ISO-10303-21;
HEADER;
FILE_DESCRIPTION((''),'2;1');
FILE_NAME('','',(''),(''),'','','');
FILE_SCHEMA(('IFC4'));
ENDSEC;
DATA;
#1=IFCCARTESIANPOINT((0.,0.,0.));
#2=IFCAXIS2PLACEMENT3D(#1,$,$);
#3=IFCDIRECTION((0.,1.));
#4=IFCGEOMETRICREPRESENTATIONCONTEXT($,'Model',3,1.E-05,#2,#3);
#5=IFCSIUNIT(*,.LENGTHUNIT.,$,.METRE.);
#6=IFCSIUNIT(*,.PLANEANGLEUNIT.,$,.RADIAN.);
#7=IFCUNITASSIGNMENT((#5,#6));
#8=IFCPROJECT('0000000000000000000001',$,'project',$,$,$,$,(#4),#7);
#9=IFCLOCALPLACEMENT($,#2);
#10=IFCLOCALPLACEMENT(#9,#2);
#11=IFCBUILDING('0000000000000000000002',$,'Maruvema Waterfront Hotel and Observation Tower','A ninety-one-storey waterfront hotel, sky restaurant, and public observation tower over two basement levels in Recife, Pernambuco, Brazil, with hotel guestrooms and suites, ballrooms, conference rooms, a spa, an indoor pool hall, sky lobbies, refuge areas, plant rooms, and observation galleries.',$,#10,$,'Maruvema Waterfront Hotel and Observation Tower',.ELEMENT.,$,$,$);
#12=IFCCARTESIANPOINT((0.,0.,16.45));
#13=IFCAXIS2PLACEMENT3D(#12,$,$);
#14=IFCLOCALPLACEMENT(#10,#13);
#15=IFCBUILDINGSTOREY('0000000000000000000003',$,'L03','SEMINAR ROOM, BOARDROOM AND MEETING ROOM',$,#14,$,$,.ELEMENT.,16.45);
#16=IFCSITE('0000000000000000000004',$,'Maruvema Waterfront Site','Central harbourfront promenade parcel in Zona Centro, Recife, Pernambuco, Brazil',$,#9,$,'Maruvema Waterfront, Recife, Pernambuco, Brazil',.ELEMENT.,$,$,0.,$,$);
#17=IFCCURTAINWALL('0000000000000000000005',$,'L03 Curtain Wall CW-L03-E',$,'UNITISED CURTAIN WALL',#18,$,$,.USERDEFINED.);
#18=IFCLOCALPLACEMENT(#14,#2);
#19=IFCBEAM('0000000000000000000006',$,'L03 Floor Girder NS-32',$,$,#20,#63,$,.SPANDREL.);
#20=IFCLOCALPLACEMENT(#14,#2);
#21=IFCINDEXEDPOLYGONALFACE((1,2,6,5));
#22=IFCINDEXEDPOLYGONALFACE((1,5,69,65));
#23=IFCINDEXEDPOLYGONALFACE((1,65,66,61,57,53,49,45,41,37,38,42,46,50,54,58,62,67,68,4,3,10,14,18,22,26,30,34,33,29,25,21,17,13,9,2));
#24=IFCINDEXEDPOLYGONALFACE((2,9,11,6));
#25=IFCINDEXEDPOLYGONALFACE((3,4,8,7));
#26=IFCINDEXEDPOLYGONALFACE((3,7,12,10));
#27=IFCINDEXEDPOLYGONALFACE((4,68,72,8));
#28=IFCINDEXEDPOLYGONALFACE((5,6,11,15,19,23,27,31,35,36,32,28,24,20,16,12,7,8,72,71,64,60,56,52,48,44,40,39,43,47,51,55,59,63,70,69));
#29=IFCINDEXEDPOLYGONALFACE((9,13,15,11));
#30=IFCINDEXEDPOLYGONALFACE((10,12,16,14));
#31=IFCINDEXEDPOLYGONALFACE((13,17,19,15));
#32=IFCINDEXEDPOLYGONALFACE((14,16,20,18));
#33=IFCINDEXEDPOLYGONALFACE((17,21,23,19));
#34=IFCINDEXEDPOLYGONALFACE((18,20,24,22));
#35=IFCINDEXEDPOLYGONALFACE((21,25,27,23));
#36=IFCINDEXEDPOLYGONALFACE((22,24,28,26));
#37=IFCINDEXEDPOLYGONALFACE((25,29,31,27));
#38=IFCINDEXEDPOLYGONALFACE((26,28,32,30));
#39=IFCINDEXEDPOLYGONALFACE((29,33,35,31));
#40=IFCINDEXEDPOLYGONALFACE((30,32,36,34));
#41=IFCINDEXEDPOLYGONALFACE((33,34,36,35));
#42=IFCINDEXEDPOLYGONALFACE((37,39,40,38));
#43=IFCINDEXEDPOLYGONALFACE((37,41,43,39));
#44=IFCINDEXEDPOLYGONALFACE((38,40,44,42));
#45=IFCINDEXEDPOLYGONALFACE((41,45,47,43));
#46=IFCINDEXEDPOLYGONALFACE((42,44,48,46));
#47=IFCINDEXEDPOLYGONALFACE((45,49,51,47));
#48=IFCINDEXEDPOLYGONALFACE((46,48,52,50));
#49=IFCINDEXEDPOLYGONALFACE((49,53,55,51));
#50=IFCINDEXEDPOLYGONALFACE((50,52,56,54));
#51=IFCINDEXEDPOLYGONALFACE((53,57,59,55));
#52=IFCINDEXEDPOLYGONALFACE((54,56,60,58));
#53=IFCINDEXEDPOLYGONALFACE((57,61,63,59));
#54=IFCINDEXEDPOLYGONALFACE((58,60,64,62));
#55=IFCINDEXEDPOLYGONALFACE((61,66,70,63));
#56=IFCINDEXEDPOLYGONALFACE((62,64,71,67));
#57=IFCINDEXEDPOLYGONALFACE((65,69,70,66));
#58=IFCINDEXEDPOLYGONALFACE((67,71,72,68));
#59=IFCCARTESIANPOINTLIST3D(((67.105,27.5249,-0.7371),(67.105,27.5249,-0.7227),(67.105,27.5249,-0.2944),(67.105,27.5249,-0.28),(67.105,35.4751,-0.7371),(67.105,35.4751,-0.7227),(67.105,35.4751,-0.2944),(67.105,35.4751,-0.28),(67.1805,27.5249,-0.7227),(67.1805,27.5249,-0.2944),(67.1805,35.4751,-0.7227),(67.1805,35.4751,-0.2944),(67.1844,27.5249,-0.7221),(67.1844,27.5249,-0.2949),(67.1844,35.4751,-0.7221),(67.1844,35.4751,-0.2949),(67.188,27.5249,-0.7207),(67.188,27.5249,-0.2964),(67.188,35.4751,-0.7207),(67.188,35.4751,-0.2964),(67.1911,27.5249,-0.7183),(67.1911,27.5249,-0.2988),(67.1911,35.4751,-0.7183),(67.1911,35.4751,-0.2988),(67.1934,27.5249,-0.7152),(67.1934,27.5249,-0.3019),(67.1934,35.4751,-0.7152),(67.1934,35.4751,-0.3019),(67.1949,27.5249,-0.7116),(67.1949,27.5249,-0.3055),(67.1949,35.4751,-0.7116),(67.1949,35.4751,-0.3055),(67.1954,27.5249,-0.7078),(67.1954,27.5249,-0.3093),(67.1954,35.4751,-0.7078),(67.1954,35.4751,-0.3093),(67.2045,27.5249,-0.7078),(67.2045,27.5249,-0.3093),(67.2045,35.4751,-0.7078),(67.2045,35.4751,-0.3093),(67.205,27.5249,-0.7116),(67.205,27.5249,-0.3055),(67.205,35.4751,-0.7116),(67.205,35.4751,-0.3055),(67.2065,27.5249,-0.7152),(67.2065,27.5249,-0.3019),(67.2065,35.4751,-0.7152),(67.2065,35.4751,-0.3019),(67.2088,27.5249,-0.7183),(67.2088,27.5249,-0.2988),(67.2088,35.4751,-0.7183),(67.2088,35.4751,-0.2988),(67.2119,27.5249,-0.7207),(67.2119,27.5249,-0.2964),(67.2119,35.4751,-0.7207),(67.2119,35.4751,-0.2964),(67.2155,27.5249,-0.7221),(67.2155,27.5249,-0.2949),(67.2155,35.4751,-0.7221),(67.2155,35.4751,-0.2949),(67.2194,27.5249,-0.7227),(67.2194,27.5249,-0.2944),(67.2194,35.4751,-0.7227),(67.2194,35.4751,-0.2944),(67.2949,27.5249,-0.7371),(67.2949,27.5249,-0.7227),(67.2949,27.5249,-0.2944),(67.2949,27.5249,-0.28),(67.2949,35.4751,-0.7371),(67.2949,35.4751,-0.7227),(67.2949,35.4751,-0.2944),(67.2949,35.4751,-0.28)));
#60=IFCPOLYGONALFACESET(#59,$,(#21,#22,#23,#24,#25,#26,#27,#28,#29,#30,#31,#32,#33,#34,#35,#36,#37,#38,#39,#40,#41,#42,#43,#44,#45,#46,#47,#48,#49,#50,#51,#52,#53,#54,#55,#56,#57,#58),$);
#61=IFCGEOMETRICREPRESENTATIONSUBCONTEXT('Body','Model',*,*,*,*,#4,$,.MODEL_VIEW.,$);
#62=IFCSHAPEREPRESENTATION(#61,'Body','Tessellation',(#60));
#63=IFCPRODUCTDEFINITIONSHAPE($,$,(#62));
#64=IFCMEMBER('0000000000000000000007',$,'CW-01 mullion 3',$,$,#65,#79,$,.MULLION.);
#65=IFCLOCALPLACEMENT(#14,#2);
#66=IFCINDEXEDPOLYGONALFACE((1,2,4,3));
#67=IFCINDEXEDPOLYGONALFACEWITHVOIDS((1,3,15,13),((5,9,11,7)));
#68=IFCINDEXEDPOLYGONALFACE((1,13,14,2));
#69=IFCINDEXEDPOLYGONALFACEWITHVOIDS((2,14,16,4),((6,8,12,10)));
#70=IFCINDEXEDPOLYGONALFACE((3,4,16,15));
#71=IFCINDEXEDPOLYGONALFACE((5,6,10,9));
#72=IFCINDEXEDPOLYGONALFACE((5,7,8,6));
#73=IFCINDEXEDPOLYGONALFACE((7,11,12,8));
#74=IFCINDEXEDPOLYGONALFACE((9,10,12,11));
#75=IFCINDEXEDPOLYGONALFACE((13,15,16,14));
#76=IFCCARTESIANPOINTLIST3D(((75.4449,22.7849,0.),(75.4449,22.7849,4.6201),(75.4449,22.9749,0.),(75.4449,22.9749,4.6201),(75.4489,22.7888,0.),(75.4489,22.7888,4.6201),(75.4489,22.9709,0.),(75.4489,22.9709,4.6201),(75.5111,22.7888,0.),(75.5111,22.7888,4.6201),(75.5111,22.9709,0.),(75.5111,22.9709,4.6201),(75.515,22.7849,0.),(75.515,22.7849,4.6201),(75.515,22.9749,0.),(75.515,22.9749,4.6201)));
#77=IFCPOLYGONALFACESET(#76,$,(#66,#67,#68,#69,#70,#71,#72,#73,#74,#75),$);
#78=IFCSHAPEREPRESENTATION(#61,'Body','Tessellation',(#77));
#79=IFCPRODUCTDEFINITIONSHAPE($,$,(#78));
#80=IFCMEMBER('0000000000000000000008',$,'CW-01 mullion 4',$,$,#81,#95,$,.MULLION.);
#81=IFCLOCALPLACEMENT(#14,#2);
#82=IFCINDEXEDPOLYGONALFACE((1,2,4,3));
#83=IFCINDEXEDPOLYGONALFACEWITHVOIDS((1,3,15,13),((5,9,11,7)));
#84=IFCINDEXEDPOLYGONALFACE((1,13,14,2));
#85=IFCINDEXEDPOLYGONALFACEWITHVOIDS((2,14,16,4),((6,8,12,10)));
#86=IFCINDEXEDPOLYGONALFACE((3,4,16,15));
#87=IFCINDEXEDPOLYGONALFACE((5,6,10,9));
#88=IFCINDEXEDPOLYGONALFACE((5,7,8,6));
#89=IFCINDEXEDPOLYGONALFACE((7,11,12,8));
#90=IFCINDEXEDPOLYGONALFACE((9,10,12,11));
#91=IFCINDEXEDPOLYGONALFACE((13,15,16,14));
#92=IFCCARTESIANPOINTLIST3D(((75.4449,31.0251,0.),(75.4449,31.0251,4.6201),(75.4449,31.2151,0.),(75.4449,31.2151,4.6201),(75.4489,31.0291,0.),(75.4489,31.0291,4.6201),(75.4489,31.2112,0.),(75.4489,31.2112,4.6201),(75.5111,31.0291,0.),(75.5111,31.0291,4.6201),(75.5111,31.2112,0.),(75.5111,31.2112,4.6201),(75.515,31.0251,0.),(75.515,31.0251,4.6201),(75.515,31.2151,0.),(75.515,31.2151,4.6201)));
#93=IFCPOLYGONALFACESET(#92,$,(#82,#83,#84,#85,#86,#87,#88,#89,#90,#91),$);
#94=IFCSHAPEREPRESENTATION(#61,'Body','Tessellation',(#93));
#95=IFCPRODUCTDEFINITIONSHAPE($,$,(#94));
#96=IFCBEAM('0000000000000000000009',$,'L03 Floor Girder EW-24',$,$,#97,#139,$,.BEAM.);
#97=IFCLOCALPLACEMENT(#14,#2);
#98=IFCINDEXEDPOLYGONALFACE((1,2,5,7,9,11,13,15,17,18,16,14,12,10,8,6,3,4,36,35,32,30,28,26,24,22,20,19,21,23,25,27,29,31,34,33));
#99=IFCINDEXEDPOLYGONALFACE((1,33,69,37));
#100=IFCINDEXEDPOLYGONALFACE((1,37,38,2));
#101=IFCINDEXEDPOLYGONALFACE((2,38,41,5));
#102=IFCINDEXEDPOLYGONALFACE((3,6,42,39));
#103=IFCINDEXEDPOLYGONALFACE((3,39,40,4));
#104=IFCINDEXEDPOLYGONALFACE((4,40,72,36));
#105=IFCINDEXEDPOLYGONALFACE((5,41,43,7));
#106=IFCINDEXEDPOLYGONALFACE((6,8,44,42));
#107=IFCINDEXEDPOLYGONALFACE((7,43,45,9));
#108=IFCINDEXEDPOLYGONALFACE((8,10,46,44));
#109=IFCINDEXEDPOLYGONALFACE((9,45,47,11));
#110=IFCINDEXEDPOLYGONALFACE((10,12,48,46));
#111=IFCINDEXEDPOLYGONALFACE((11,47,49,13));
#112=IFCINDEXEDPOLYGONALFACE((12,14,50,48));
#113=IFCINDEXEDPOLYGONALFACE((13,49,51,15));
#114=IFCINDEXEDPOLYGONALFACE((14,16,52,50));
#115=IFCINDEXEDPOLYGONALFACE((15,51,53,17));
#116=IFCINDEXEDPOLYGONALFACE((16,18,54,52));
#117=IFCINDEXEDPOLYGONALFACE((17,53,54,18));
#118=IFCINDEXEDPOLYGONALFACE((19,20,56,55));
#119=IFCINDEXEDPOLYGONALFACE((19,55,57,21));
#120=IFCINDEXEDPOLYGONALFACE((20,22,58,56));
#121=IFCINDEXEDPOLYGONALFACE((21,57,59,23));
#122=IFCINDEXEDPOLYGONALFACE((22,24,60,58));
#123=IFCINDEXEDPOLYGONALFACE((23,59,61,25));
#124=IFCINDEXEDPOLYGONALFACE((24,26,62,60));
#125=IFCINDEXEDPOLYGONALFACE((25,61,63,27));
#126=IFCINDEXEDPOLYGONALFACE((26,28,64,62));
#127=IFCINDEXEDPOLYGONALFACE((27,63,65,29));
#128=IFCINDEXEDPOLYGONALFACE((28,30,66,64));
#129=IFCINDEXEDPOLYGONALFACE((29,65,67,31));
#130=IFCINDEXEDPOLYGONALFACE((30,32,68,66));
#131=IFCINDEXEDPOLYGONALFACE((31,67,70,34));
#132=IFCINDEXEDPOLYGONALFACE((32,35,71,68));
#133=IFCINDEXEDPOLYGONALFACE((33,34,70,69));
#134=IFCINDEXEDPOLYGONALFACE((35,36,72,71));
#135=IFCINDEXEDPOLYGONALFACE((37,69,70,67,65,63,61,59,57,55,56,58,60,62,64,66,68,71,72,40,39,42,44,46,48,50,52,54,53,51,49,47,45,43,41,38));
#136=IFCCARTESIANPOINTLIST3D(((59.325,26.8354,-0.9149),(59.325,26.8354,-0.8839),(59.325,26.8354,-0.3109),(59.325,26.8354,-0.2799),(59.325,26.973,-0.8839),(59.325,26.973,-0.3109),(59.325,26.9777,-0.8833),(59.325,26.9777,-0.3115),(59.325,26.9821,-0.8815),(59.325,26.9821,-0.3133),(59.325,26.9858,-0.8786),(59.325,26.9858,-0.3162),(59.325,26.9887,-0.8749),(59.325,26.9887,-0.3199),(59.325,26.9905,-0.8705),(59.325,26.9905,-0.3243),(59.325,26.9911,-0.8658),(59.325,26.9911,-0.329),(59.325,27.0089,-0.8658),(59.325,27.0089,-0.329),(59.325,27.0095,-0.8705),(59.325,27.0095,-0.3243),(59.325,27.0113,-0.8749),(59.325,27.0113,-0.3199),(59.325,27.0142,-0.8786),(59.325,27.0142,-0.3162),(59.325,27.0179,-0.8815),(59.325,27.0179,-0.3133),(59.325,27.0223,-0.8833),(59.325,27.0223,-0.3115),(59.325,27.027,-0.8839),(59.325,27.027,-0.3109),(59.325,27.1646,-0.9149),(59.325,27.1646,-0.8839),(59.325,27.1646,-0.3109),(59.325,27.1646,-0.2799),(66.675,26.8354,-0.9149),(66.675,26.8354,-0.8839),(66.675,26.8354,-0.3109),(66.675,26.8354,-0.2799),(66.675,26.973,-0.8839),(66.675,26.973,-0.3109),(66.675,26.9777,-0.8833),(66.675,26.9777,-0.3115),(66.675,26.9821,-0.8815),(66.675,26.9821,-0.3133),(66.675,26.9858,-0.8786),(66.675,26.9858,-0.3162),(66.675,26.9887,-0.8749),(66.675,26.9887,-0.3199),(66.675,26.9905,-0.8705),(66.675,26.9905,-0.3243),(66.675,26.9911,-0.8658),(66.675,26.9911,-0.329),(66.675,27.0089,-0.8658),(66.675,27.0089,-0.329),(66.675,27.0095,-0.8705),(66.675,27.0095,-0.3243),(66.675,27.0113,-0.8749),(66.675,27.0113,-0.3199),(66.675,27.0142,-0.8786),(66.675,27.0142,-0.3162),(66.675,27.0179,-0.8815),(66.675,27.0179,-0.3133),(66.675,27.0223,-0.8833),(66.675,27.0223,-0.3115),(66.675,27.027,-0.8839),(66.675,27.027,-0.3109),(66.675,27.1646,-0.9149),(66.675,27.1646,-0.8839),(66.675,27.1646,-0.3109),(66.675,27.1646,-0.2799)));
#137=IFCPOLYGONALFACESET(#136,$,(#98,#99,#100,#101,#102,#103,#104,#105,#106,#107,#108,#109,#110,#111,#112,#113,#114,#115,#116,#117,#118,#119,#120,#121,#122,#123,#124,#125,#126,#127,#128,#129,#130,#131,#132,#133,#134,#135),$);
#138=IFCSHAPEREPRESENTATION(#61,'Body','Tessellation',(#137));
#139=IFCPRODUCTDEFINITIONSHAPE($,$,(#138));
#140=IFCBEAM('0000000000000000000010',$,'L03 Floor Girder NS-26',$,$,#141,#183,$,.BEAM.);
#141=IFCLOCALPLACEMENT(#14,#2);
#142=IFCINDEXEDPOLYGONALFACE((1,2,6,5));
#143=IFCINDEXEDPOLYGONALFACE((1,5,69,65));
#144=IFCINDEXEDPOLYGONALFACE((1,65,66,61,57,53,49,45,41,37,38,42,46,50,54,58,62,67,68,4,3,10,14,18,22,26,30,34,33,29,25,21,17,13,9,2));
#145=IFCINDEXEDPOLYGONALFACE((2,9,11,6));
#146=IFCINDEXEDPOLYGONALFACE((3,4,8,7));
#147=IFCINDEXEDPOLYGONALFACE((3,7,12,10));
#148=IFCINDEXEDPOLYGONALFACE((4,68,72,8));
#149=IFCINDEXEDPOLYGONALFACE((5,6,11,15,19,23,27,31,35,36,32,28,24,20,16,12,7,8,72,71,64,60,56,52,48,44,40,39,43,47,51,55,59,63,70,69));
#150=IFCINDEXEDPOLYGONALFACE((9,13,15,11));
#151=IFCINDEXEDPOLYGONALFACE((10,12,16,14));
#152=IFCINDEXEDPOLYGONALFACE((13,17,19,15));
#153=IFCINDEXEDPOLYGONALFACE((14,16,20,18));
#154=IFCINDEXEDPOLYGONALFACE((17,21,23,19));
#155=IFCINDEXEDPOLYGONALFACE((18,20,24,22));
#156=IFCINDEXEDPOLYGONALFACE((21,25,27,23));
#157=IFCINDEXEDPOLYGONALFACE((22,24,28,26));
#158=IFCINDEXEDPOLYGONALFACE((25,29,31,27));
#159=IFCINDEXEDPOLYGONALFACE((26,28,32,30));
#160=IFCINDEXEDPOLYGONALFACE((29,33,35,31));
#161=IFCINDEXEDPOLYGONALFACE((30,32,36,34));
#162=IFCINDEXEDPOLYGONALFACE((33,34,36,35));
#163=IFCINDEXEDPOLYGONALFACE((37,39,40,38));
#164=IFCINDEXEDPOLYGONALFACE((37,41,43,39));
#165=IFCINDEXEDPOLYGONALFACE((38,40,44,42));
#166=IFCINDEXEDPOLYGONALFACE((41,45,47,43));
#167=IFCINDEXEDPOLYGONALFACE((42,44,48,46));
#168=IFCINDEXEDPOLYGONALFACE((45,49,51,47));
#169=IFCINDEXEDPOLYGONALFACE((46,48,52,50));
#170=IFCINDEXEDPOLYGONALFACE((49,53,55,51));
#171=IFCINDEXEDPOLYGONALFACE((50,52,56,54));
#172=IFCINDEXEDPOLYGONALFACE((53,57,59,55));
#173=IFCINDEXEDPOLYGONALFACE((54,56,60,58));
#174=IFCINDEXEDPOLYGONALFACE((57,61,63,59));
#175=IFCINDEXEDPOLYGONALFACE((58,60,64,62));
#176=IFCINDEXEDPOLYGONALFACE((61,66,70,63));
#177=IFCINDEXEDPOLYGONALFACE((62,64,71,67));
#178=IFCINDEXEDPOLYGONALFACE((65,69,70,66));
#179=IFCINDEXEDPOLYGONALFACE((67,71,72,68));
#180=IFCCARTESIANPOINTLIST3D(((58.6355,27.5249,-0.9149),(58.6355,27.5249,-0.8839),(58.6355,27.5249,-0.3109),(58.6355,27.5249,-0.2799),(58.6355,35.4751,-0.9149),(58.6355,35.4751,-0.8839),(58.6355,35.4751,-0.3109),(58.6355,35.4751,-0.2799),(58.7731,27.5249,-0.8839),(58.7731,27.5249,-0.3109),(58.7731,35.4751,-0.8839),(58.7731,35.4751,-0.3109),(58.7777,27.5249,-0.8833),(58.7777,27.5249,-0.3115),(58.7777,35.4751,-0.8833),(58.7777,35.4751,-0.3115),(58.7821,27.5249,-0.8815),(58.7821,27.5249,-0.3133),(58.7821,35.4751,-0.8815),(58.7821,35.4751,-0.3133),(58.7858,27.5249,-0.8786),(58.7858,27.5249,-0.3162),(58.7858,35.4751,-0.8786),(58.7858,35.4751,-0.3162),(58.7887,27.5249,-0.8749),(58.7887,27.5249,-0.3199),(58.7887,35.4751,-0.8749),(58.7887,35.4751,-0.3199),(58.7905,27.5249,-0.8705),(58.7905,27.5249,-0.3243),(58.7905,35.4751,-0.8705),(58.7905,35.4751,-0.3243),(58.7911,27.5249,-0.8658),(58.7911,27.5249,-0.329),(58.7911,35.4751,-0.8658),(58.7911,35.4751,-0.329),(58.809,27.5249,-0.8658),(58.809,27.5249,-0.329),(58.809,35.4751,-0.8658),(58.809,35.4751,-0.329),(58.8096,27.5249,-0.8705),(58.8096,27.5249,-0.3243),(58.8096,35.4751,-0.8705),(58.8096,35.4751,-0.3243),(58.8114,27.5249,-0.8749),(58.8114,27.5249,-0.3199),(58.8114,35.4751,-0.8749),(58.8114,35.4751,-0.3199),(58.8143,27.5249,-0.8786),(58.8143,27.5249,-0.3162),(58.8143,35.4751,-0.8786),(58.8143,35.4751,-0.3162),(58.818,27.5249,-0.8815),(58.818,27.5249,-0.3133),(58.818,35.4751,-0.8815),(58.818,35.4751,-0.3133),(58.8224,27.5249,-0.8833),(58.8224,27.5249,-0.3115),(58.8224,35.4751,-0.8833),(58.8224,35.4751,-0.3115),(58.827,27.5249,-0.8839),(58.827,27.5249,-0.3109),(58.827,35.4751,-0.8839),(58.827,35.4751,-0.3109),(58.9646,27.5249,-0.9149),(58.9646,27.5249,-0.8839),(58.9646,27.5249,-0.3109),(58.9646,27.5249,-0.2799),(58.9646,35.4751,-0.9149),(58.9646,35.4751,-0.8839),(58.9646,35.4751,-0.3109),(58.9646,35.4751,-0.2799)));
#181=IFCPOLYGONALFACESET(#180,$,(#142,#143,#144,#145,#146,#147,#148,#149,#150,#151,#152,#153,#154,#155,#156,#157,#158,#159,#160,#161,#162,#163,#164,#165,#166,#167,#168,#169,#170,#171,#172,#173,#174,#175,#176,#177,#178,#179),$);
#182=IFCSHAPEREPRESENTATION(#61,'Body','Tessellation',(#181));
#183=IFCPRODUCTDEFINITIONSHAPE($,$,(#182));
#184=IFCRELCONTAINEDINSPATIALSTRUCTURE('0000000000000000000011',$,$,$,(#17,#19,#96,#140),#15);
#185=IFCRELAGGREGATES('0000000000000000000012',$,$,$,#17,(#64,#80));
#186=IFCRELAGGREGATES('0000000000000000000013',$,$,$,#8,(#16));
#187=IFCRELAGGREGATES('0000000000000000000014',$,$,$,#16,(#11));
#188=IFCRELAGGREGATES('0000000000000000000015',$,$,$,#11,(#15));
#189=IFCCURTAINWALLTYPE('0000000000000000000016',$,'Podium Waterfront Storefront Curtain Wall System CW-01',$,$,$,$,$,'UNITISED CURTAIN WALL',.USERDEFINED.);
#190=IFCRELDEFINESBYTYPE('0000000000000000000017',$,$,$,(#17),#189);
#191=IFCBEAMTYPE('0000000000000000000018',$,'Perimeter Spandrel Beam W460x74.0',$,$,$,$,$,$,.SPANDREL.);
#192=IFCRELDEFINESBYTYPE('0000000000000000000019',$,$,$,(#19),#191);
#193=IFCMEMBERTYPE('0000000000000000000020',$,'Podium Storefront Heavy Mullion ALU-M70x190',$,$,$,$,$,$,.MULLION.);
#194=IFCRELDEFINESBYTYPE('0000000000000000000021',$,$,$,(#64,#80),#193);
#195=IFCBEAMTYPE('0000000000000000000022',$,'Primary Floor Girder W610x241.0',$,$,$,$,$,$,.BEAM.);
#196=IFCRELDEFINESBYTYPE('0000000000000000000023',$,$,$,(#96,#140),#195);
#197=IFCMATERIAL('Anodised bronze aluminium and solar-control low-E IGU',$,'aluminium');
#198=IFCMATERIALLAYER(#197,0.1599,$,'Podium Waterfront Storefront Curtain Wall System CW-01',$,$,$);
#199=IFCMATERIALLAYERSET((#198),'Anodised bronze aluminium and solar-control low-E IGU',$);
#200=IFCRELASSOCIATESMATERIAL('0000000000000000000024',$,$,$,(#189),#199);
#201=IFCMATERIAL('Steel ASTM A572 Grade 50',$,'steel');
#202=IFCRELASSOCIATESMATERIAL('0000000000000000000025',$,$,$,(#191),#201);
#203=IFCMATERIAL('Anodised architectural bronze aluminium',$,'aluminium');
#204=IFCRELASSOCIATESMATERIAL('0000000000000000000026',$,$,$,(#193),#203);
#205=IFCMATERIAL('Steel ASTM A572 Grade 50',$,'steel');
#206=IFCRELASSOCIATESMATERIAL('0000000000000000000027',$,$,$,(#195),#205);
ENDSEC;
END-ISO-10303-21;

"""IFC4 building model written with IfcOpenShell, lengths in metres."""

from ifc_helpers import new_model, si_unit, direction, frame, origin, origin_2d, place, context, subcontext, project, spatial, hollow_rectangle, i_section, extrude, material, layer, layer_set, material_profile, profile_set, type_object, element, aggregate, save


model = new_model("IFC4")

# Units and contexts
model_context = context("Model", 3, precision=1e-05, world=origin(), true_north=direction((0.0, 1.0)))
body_context = subcontext(model_context, "Body", "Model", "MODEL_VIEW")
ifc_project = project(units=[si_unit("LENGTHUNIT", "METRE"), si_unit("PLANEANGLEUNIT", "RADIAN")], contexts=[model_context])

# Site, building, storey
site_placement = place(None, origin())
site = spatial("IfcSite", under=ifc_project, at=site_placement, Name="Maruvema Waterfront Site", Description="Central harbourfront promenade parcel in Zona Centro, Recife, Pernambuco, Brazil", LongName="Maruvema Waterfront, Recife, Pernambuco, Brazil", CompositionType="ELEMENT", RefElevation=0.0)
building_placement = place(site_placement, origin())
building = spatial("IfcBuilding", under=site, at=building_placement, Name="Maruvema Waterfront Hotel and Observation Tower", Description="A ninety-one-storey waterfront hotel, sky restaurant, and public observation tower over two basement levels in Recife, Pernambuco, Brazil, with hotel guestrooms and suites, ballrooms, conference rooms, a spa, an indoor pool hall, sky lobbies, refuge areas, plant rooms, and observation galleries.", LongName="Maruvema Waterfront Hotel and Observation Tower", CompositionType="ELEMENT")
storey_placement = place(building_placement, frame((0.0, 0.0, 16.45)))
storey = spatial("IfcBuildingStorey", under=building, at=storey_placement, Name="L03", Description="SEMINAR ROOM, BOARDROOM AND MEETING ROOM", CompositionType="ELEMENT", Elevation=16.45)

# Curtain wall
ifc_material_1 = material(Name="Anodised bronze aluminium and solar-control low-E IGU", Category="aluminium")
ifc_layer_1 = layer(ifc_material_1, 0.1599, Name="Podium Waterfront Storefront Curtain Wall System CW-01")
ifc_layer_set_1 = layer_set([ifc_layer_1], Name="Anodised bronze aluminium and solar-control low-E IGU")
curtain_wall_type = type_object("IfcCurtainWallType", Name="Podium Waterfront Storefront Curtain Wall System CW-01", ElementType="UNITISED CURTAIN WALL", PredefinedType="USERDEFINED", material=ifc_layer_set_1)
curtain_wall_placement = place(storey_placement, origin())
curtain_wall = element("IfcCurtainWall", 1, at=curtain_wall_placement, inside=storey, type_object=curtain_wall_type, Name="L03 Curtain Wall CW-L03-E", ObjectType="UNITISED CURTAIN WALL", PredefinedType="USERDEFINED")

# Beam
ifc_material_2 = material(Name="Steel ASTM A572 Grade 50", Category="steel")
ifc_material_profile_1 = material_profile(ifc_material_2, i_section(OverallWidth=0.1899, OverallDepth=0.457, WebThickness=0.009, FlangeThickness=0.0144, FilletRadius=0.0149, at=origin_2d()), Name="W460x74.0")
ifc_profile_set_1 = profile_set([ifc_material_profile_1], Name="Steel ASTM A572 Grade 50")
beam_type_1 = type_object("IfcBeamType", Name="Perimeter Spandrel Beam W460x74.0", PredefinedType="SPANDREL", material=ifc_profile_set_1)
for number, where, z_axis, x_axis, name in (
    (2, (67.2, 27.5249, -0.5085), (0.0, 1.0, 0.0), (-1.0, 0.0, 0.0), "L03 Floor Girder NS-32"),
):
    element("IfcBeam", number, at=place(storey_placement, frame(where, z_axis=z_axis, x_axis=x_axis)), inside=storey, type_object=beam_type_1, Name=name, PredefinedType="SPANDREL", context=body_context, shape_type="SweptSolid", body=[
        extrude(i_section(OverallWidth=0.1899, OverallDepth=0.457, WebThickness=0.009, FlangeThickness=0.0144, FilletRadius=0.0149, at=origin_2d()), origin(), (0.0, 0.0, 1.0), 7.9502),
    ])

# Members
ifc_material_3 = material(Name="Anodised architectural bronze aluminium", Category="aluminium")
ifc_material_profile_2 = material_profile(ifc_material_3, hollow_rectangle(XDim=0.0701, YDim=0.1899, WallThickness=0.0039, at=origin_2d()), Name="ALU-M70x190")
ifc_profile_set_2 = profile_set([ifc_material_profile_2], Name="Anodised architectural bronze aluminium")
member_type_1 = type_object("IfcMemberType", Name="Podium Storefront Heavy Mullion ALU-M70x190", PredefinedType="MULLION", material=ifc_profile_set_2)
member_1_placement = place(storey_placement, frame((75.48, 22.8799, 0.0), z_axis=(0.0, 0.0, 1.0), x_axis=(-1.0, 0.0, 0.0)))
member_1 = element("IfcMember", 3, at=member_1_placement, type_object=member_type_1, Name="CW-01 mullion 3", PredefinedType="MULLION", context=body_context, shape_type="SweptSolid", body=[
    extrude(hollow_rectangle(XDim=0.0701, YDim=0.1899, WallThickness=0.0039, at=origin_2d()), origin(), (0.0, 0.0, 1.0), 4.6201),
])
member_2_placement = place(storey_placement, frame((75.48, 31.1201, 0.0), z_axis=(0.0, 0.0, 1.0), x_axis=(-1.0, 0.0, 0.0)))
member_2 = element("IfcMember", 4, at=member_2_placement, type_object=member_type_1, Name="CW-01 mullion 4", PredefinedType="MULLION", context=body_context, shape_type="SweptSolid", body=[
    extrude(hollow_rectangle(XDim=0.0701, YDim=0.1899, WallThickness=0.0039, at=origin_2d()), origin(), (0.0, 0.0, 1.0), 4.6201),
])

# Beams
ifc_material_4 = material(Name="Steel ASTM A572 Grade 50", Category="steel")
ifc_material_profile_3 = material_profile(ifc_material_4, i_section(OverallWidth=0.3291, OverallDepth=0.635, WebThickness=0.0178, FlangeThickness=0.031, FilletRadius=0.0181, at=origin_2d()), Name="W610x241.0")
ifc_profile_set_3 = profile_set([ifc_material_profile_3], Name="Steel ASTM A572 Grade 50")
beam_type_2 = type_object("IfcBeamType", Name="Primary Floor Girder W610x241.0", PredefinedType="BEAM", material=ifc_profile_set_3)
beam_1_placement = place(storey_placement, frame((59.325, 27.0, -0.5974), z_axis=(1.0, 0.0, 0.0), x_axis=(0.0, 1.0, 0.0)))
element("IfcBeam", 5, at=beam_1_placement, inside=storey, type_object=beam_type_2, Name="L03 Floor Girder EW-24", PredefinedType="BEAM", context=body_context, shape_type="SweptSolid", body=[
    extrude(i_section(OverallWidth=0.3291, OverallDepth=0.635, WebThickness=0.0178, FlangeThickness=0.031, FilletRadius=0.0181, at=origin_2d()), origin(), (0.0, 0.0, 1.0), 7.3501),
])
beam_2_placement = place(storey_placement, frame((58.8, 27.5249, -0.5974), z_axis=(0.0, 1.0, 0.0), x_axis=(-1.0, 0.0, 0.0)))
element("IfcBeam", 6, at=beam_2_placement, inside=storey, type_object=beam_type_2, Name="L03 Floor Girder NS-26", PredefinedType="BEAM", context=body_context, shape_type="SweptSolid", body=[
    extrude(i_section(OverallWidth=0.3291, OverallDepth=0.635, WebThickness=0.0178, FlangeThickness=0.031, FilletRadius=0.0181, at=origin_2d()), origin(), (0.0, 0.0, 1.0), 7.9502),
])

aggregate(curtain_wall, [member_1, member_2])

save(model, "model.ifc")
